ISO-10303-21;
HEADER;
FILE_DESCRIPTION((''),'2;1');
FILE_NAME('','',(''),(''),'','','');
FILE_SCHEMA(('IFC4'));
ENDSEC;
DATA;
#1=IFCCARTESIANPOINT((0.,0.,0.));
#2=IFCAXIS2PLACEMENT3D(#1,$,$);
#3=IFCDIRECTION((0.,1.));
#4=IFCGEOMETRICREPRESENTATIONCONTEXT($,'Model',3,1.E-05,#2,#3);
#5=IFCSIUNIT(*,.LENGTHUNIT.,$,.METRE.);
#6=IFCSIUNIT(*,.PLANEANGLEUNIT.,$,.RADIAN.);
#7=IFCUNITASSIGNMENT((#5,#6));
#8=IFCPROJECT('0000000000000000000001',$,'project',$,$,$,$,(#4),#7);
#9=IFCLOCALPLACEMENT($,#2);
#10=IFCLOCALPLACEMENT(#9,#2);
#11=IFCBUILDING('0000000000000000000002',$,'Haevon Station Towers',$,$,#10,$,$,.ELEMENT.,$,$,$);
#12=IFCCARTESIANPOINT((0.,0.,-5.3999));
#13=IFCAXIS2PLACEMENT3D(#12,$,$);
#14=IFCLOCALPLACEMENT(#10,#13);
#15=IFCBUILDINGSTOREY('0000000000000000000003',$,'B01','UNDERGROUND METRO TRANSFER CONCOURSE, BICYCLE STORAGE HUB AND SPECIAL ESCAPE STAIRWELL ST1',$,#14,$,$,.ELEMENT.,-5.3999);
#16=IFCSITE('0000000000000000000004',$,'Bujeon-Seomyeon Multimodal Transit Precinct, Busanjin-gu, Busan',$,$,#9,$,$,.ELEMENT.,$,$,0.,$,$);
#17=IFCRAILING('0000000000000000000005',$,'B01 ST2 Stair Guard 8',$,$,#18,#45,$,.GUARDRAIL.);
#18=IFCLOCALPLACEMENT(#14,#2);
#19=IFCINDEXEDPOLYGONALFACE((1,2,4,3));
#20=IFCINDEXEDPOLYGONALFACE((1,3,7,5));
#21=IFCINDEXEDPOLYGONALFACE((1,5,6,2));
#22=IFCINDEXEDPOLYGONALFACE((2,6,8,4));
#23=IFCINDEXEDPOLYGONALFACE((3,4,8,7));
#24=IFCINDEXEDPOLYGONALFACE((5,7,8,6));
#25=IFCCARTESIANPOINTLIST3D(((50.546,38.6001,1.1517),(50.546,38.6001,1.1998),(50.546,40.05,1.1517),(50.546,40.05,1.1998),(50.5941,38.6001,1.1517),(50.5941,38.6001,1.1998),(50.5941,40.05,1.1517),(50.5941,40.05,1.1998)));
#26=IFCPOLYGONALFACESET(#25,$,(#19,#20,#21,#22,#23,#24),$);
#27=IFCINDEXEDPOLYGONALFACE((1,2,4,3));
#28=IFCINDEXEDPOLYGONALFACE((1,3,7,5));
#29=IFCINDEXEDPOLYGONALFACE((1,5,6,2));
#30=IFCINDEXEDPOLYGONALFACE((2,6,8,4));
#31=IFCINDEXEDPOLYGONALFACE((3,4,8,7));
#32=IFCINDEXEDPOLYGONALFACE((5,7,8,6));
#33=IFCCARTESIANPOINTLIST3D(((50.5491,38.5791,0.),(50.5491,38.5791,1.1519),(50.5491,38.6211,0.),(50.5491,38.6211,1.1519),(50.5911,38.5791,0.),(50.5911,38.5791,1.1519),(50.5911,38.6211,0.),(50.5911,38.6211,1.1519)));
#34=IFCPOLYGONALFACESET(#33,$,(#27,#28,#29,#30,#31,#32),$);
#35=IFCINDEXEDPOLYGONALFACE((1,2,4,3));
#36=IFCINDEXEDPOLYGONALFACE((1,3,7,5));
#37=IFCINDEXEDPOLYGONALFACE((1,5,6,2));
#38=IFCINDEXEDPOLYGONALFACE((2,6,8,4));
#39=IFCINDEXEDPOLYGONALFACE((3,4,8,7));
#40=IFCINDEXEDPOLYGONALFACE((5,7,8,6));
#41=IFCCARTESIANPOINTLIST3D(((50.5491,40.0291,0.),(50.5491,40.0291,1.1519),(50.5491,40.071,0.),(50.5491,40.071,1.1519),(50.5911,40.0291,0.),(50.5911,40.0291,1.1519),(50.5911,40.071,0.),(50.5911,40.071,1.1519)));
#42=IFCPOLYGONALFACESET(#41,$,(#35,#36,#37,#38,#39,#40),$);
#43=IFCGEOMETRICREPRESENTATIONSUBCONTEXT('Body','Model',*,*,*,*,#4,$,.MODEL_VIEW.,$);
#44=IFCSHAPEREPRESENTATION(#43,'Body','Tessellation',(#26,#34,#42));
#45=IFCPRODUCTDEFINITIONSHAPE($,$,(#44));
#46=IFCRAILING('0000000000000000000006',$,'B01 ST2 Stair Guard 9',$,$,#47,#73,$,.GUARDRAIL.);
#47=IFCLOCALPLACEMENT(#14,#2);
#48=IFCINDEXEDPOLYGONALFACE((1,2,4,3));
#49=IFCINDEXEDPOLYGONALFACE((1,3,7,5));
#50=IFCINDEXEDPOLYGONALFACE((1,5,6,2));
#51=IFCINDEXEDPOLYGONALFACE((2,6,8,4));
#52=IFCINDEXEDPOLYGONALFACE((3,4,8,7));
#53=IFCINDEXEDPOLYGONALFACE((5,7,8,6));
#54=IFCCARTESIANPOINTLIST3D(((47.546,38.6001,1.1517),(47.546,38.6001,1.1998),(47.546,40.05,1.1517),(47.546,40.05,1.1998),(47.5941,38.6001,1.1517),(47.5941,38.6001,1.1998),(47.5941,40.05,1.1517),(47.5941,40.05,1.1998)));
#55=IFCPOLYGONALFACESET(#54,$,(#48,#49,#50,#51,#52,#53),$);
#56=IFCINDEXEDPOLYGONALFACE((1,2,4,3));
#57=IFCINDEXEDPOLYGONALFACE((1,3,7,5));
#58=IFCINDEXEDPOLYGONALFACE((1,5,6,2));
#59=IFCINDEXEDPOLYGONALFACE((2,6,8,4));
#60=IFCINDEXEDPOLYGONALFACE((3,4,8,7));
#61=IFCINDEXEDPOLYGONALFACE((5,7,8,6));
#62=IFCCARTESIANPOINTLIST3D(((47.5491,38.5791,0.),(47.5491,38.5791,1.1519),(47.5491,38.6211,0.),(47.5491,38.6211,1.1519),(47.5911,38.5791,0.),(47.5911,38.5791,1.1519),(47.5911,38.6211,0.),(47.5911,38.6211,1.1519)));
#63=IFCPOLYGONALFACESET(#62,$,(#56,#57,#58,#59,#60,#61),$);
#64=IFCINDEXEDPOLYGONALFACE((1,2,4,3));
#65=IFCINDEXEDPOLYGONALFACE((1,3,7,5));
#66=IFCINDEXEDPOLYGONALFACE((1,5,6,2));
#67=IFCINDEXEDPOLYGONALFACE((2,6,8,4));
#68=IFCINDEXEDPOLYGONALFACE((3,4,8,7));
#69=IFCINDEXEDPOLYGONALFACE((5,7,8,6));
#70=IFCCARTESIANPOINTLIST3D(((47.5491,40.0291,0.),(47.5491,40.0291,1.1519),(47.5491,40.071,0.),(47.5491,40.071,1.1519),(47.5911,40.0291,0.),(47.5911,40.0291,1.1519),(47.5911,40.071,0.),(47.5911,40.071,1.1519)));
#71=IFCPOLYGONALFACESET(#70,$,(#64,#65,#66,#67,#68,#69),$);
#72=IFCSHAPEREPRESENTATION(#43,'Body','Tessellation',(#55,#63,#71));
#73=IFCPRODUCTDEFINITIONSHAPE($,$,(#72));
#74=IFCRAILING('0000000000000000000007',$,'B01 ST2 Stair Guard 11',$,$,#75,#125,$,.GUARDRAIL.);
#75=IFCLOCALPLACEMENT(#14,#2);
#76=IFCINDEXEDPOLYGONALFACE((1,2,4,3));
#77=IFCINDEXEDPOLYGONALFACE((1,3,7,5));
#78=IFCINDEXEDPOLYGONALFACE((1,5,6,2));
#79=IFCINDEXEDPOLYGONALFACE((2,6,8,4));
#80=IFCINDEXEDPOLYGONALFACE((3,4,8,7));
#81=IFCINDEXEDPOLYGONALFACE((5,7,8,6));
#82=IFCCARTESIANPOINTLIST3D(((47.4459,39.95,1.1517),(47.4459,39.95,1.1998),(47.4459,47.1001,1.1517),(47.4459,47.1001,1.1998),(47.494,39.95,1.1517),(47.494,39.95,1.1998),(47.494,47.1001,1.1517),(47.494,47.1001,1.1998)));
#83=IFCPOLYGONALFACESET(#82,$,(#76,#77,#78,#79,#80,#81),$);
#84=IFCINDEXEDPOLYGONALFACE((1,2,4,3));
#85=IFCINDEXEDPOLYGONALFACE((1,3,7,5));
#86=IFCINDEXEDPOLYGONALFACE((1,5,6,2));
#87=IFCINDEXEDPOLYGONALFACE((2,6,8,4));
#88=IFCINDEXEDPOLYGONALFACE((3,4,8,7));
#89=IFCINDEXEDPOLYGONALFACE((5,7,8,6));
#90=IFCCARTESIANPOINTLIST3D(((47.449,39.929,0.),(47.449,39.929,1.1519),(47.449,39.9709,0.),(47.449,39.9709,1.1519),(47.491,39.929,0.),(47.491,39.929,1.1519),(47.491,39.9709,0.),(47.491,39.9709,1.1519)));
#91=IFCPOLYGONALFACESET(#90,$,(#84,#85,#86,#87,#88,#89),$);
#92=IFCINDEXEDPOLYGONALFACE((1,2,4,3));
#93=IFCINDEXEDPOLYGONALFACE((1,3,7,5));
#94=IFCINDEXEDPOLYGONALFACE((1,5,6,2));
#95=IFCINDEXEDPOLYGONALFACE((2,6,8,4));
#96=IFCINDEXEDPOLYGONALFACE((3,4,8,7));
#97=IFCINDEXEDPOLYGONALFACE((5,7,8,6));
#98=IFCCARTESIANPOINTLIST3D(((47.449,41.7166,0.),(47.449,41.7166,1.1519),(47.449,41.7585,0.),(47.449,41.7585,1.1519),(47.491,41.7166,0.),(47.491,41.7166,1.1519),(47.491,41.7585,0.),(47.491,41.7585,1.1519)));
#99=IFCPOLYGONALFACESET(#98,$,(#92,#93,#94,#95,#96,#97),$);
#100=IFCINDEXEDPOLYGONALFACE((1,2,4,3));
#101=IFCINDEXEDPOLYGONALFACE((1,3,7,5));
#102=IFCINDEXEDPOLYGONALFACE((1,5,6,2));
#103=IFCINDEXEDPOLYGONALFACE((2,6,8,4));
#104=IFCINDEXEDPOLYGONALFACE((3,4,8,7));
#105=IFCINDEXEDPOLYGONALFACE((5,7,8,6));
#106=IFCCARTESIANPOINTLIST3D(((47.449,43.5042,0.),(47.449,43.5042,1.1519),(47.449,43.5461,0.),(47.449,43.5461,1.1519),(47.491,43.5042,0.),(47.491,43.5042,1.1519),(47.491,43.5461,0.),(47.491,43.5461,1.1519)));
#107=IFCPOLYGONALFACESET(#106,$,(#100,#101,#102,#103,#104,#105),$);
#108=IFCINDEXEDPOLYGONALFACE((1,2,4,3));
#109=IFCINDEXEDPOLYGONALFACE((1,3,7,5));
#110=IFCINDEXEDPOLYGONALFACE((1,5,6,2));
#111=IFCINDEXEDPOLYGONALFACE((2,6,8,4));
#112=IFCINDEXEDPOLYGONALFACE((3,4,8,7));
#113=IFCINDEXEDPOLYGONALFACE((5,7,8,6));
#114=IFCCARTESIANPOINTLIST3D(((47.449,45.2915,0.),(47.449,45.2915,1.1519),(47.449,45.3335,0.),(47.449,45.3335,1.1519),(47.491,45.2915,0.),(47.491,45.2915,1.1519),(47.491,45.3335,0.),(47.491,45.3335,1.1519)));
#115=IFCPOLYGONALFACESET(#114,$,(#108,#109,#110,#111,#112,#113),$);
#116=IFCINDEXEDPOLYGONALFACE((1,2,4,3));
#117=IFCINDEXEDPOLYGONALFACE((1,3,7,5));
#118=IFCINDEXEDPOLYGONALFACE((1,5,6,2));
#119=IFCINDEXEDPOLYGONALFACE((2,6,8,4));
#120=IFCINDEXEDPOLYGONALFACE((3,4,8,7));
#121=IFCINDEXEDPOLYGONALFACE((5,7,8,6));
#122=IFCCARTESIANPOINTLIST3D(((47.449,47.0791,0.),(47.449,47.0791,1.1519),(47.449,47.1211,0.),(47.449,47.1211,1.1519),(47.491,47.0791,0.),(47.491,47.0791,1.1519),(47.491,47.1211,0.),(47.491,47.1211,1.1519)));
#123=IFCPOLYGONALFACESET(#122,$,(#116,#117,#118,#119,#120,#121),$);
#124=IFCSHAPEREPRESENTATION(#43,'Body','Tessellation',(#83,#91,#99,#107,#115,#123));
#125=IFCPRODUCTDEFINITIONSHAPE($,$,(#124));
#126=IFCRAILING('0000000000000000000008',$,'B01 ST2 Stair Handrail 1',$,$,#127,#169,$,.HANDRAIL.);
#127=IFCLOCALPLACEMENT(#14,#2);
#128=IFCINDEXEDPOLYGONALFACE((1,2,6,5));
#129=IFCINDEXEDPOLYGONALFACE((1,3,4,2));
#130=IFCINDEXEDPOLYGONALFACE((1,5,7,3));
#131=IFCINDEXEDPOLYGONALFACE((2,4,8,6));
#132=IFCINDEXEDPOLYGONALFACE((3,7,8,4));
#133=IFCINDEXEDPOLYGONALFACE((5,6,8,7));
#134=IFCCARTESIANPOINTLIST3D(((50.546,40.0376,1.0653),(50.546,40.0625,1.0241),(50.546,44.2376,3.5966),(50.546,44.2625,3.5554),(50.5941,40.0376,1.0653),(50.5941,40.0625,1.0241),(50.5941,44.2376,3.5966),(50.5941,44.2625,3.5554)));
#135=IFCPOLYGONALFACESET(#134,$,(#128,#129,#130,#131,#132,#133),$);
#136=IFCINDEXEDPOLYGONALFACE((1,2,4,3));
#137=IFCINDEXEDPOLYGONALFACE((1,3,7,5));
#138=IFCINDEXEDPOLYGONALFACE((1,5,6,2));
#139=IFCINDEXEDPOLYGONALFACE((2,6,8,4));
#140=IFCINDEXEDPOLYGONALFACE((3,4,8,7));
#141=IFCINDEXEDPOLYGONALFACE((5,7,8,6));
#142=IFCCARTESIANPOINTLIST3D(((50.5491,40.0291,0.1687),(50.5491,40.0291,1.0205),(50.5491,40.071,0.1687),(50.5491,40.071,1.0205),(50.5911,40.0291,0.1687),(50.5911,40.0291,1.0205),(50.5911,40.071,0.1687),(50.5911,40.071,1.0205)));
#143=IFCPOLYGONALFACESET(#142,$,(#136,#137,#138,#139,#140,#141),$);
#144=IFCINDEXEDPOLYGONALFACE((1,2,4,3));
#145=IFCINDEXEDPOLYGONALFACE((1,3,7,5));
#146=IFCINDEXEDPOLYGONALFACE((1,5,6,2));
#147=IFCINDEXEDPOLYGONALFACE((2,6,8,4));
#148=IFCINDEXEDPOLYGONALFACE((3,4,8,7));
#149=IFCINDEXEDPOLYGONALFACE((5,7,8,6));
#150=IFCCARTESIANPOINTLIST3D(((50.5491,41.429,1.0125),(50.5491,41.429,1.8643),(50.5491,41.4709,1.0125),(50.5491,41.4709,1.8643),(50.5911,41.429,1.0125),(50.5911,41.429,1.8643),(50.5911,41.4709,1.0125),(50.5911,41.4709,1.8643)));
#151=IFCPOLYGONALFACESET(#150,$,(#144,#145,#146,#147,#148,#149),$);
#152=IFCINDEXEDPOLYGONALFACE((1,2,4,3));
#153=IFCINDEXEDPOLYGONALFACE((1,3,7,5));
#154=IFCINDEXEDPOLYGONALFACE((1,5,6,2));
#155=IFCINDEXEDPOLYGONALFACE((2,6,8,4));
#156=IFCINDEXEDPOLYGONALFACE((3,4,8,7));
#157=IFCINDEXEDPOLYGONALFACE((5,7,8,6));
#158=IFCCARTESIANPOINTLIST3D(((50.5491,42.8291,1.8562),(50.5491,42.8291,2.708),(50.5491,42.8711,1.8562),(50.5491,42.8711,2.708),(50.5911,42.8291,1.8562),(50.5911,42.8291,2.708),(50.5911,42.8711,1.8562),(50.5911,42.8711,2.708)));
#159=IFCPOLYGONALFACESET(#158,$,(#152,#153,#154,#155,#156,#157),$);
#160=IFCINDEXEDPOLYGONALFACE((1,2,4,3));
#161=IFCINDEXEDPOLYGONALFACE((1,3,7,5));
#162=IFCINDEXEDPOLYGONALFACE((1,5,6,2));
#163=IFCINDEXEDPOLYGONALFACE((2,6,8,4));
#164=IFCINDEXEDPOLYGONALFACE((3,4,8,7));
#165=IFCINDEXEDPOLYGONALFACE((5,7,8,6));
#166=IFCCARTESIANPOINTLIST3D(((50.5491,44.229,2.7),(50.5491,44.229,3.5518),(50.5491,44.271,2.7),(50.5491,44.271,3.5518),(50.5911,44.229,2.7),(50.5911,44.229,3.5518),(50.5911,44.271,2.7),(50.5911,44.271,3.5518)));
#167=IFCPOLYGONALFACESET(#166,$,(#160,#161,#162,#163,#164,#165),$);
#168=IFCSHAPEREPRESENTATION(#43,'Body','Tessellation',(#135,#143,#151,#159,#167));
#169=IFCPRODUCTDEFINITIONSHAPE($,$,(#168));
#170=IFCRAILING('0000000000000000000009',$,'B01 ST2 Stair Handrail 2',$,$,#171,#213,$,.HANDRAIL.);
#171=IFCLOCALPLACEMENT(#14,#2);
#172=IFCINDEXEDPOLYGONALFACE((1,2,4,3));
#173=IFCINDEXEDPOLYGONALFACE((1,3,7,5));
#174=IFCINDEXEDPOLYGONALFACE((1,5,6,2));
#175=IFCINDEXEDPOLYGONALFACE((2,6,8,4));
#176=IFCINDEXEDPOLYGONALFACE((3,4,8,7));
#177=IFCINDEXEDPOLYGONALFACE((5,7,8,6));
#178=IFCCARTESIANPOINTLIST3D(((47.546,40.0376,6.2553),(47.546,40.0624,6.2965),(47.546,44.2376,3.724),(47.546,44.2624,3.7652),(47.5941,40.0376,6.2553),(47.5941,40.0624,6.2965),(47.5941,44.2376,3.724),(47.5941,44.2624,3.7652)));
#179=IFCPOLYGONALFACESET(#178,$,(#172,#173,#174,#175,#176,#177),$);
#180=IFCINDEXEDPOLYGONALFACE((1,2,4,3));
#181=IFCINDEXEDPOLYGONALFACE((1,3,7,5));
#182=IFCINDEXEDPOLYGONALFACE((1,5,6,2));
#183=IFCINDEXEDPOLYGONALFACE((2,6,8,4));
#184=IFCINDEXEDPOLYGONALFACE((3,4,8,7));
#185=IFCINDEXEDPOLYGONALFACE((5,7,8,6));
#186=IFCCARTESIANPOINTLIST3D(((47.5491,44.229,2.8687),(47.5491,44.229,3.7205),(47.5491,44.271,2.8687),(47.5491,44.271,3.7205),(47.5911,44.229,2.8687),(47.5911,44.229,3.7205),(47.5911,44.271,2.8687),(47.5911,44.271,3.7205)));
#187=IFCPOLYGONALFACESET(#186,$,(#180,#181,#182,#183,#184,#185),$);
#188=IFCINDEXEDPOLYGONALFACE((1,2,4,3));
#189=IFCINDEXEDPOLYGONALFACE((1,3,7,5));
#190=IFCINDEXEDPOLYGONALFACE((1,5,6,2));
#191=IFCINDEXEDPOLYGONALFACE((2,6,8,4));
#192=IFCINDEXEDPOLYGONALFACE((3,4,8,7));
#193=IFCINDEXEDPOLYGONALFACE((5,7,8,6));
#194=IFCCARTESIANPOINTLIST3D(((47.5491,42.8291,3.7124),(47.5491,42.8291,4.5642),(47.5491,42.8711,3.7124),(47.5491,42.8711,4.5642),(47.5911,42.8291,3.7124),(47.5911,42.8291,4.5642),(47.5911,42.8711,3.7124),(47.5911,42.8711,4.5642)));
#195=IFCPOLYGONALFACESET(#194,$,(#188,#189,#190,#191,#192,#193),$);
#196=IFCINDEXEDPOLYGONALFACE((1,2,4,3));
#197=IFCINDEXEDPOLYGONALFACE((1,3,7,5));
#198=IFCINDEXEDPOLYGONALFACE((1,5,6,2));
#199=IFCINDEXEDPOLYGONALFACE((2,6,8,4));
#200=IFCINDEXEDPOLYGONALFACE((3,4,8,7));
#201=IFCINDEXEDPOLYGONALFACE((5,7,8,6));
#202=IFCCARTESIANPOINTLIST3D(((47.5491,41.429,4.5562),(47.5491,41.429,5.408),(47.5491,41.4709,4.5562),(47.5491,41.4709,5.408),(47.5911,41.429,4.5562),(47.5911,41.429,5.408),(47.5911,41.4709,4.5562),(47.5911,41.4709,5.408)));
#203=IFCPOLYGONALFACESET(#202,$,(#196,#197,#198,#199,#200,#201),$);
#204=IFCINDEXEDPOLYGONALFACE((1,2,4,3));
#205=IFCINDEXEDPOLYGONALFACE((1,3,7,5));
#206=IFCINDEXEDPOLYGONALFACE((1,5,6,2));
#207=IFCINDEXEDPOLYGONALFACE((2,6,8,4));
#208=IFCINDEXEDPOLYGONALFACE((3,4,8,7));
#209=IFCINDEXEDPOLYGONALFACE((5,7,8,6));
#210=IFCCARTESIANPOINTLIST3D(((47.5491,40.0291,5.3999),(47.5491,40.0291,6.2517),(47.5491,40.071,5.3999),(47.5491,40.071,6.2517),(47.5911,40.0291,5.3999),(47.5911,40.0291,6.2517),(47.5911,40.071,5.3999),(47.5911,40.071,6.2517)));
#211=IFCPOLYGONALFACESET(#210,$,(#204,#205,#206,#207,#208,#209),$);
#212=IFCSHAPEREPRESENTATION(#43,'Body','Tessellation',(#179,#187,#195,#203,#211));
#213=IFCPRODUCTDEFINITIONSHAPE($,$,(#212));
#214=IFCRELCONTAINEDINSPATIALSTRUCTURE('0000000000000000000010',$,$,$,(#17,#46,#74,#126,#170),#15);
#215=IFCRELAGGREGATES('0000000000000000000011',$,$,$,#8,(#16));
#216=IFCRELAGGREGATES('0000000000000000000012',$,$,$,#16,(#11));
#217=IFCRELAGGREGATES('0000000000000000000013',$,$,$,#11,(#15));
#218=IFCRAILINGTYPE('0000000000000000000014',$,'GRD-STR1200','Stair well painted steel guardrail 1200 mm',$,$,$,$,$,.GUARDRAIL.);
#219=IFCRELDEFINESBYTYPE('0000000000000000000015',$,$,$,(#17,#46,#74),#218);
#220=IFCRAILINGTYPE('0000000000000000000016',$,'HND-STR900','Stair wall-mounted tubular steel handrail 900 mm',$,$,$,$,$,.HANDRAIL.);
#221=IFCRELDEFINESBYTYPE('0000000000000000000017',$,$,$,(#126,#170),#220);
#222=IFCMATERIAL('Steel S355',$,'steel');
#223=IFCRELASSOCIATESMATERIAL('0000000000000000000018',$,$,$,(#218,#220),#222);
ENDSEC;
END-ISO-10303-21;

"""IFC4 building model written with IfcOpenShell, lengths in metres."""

from ifc_helpers import new_model, si_unit, direction, frame, origin, origin_2d, place, context, subcontext, project, spatial, rectangle, extrude, material, type_object, element, save


model = new_model("IFC4")

# Units and contexts
model_context = context("Model", 3, precision=1e-05, world=origin(), true_north=direction((0.0, 1.0)))
body_context = subcontext(model_context, "Body", "Model", "MODEL_VIEW")
ifc_project = project(units=[si_unit("LENGTHUNIT", "METRE"), si_unit("PLANEANGLEUNIT", "RADIAN")], contexts=[model_context])

# Site, building, storey
site_placement = place(None, origin())
site = spatial("IfcSite", under=ifc_project, at=site_placement, Name="Bujeon-Seomyeon Multimodal Transit Precinct, Busanjin-gu, Busan", CompositionType="ELEMENT", RefElevation=0.0)
building_placement = place(site_placement, origin())
building = spatial("IfcBuilding", under=site, at=building_placement, Name="Haevon Station Towers", CompositionType="ELEMENT")
storey_placement = place(building_placement, frame((0.0, 0.0, -5.3999)))
storey = spatial("IfcBuildingStorey", under=building, at=storey_placement, Name="B01", Description="UNDERGROUND METRO TRANSFER CONCOURSE, BICYCLE STORAGE HUB AND SPECIAL ESCAPE STAIRWELL ST1", CompositionType="ELEMENT", Elevation=-5.3999)

# Shared definitions
ifc_material_1 = material(Name="Steel S355", Category="steel")

# Railings
railing_type_1 = type_object("IfcRailingType", Name="GRD-STR1200", Description="Stair well painted steel guardrail 1200 mm", PredefinedType="GUARDRAIL", material=ifc_material_1)
for number, where, name in (
    (1, (50.5701, 38.6001, 0.0), "B01 ST2 Stair Guard 8"),
    (2, (47.5701, 38.6001, 0.0), "B01 ST2 Stair Guard 9"),
):
    element("IfcRailing", number, at=place(storey_placement, frame(where)), inside=storey, type_object=railing_type_1, Name=name, PredefinedType="GUARDRAIL", context=body_context, shape_type="SweptSolid", body=[
        extrude(rectangle(XDim=0.0481, YDim=0.0481, at=origin_2d()), frame((0.0, 0.0, 1.1758), z_axis=(0.0, 1.0, 0.0), x_axis=(-1.0, 0.0, 0.0)), (0.0, 0.0, 1.0), 1.45),
        extrude(rectangle(XDim=0.042, YDim=0.042, at=origin_2d()), origin(), (0.0, 0.0, 1.0), 1.1519),
        extrude(rectangle(XDim=0.042, YDim=0.042, at=origin_2d()), frame((0.0, 1.45, 0.0)), (0.0, 0.0, 1.0), 1.1519),
    ])
railing_1_placement = place(storey_placement, frame((47.47, 39.95, 0.0)))
element("IfcRailing", 3, at=railing_1_placement, inside=storey, type_object=railing_type_1, Name="B01 ST2 Stair Guard 11", PredefinedType="GUARDRAIL", context=body_context, shape_type="SweptSolid", body=[
    extrude(rectangle(XDim=0.0481, YDim=0.0481, at=origin_2d()), frame((0.0, 0.0, 1.1758), z_axis=(0.0, 1.0, 0.0), x_axis=(-1.0, 0.0, 0.0)), (0.0, 0.0, 1.0), 7.1501),
    extrude(rectangle(XDim=0.042, YDim=0.042, at=origin_2d()), origin(), (0.0, 0.0, 1.0), 1.1519),
    extrude(rectangle(XDim=0.042, YDim=0.042, at=origin_2d()), frame((0.0, 1.7876, 0.0)), (0.0, 0.0, 1.0), 1.1519),
    extrude(rectangle(XDim=0.042, YDim=0.042, at=origin_2d()), frame((0.0, 3.5752, 0.0)), (0.0, 0.0, 1.0), 1.1519),
    extrude(rectangle(XDim=0.042, YDim=0.042, at=origin_2d()), frame((0.0, 5.3625, 0.0)), (0.0, 0.0, 1.0), 1.1519),
    extrude(rectangle(XDim=0.042, YDim=0.042, at=origin_2d()), frame((0.0, 7.1501, 0.0)), (0.0, 0.0, 1.0), 1.1519),
])
railing_type_2 = type_object("IfcRailingType", Name="HND-STR900", Description="Stair wall-mounted tubular steel handrail 900 mm", PredefinedType="HANDRAIL", material=ifc_material_1)
railing_2_placement = place(storey_placement, frame((50.5701, 40.05, 0.1687)))
element("IfcRailing", 4, at=railing_2_placement, inside=storey, type_object=railing_type_2, Name="B01 ST2 Stair Handrail 1", PredefinedType="HANDRAIL", context=body_context, shape_type="SweptSolid", body=[
    extrude(rectangle(XDim=0.0481, YDim=0.0481, at=origin_2d()), frame((0.0, 0.0, 0.876), z_axis=(0.0, 0.856476, 0.516186), x_axis=(-1.0, 0.0, 0.0)), (0.0, 0.0, 1.0), 4.9038),
    extrude(rectangle(XDim=0.042, YDim=0.042, at=origin_2d()), origin(), (0.0, 0.0, 1.0), 0.8518),
    extrude(rectangle(XDim=0.042, YDim=0.042, at=origin_2d()), frame((0.0, 1.3999, 0.8438)), (0.0, 0.0, 1.0), 0.8518),
    extrude(rectangle(XDim=0.042, YDim=0.042, at=origin_2d()), frame((0.0, 2.8, 1.6875)), (0.0, 0.0, 1.0), 0.8518),
    extrude(rectangle(XDim=0.042, YDim=0.042, at=origin_2d()), frame((0.0, 4.2, 2.5312)), (0.0, 0.0, 1.0), 0.8518),
])
railing_3_placement = place(storey_placement, frame((47.5701, 44.25, 2.8687)))
element("IfcRailing", 5, at=railing_3_placement, inside=storey, type_object=railing_type_2, Name="B01 ST2 Stair Handrail 2", PredefinedType="HANDRAIL", context=body_context, shape_type="SweptSolid", body=[
    extrude(rectangle(XDim=0.0481, YDim=0.0481, at=origin_2d()), frame((0.0, 0.0, 0.876), z_axis=(0.0, -0.856476, 0.516186), x_axis=(1.0, 0.0, 0.0)), (0.0, 0.0, 1.0), 4.9038),
    extrude(rectangle(XDim=0.042, YDim=0.042, at=origin_2d()), origin(), (0.0, 0.0, 1.0), 0.8518),
    extrude(rectangle(XDim=0.042, YDim=0.042, at=origin_2d()), frame((0.0, -1.3999, 0.8438)), (0.0, 0.0, 1.0), 0.8518),
    extrude(rectangle(XDim=0.042, YDim=0.042, at=origin_2d()), frame((0.0, -2.8, 1.6875)), (0.0, 0.0, 1.0), 0.8518),
    extrude(rectangle(XDim=0.042, YDim=0.042, at=origin_2d()), frame((0.0, -4.2, 2.5312)), (0.0, 0.0, 1.0), 0.8518),
])

save(model, "model.ifc")
